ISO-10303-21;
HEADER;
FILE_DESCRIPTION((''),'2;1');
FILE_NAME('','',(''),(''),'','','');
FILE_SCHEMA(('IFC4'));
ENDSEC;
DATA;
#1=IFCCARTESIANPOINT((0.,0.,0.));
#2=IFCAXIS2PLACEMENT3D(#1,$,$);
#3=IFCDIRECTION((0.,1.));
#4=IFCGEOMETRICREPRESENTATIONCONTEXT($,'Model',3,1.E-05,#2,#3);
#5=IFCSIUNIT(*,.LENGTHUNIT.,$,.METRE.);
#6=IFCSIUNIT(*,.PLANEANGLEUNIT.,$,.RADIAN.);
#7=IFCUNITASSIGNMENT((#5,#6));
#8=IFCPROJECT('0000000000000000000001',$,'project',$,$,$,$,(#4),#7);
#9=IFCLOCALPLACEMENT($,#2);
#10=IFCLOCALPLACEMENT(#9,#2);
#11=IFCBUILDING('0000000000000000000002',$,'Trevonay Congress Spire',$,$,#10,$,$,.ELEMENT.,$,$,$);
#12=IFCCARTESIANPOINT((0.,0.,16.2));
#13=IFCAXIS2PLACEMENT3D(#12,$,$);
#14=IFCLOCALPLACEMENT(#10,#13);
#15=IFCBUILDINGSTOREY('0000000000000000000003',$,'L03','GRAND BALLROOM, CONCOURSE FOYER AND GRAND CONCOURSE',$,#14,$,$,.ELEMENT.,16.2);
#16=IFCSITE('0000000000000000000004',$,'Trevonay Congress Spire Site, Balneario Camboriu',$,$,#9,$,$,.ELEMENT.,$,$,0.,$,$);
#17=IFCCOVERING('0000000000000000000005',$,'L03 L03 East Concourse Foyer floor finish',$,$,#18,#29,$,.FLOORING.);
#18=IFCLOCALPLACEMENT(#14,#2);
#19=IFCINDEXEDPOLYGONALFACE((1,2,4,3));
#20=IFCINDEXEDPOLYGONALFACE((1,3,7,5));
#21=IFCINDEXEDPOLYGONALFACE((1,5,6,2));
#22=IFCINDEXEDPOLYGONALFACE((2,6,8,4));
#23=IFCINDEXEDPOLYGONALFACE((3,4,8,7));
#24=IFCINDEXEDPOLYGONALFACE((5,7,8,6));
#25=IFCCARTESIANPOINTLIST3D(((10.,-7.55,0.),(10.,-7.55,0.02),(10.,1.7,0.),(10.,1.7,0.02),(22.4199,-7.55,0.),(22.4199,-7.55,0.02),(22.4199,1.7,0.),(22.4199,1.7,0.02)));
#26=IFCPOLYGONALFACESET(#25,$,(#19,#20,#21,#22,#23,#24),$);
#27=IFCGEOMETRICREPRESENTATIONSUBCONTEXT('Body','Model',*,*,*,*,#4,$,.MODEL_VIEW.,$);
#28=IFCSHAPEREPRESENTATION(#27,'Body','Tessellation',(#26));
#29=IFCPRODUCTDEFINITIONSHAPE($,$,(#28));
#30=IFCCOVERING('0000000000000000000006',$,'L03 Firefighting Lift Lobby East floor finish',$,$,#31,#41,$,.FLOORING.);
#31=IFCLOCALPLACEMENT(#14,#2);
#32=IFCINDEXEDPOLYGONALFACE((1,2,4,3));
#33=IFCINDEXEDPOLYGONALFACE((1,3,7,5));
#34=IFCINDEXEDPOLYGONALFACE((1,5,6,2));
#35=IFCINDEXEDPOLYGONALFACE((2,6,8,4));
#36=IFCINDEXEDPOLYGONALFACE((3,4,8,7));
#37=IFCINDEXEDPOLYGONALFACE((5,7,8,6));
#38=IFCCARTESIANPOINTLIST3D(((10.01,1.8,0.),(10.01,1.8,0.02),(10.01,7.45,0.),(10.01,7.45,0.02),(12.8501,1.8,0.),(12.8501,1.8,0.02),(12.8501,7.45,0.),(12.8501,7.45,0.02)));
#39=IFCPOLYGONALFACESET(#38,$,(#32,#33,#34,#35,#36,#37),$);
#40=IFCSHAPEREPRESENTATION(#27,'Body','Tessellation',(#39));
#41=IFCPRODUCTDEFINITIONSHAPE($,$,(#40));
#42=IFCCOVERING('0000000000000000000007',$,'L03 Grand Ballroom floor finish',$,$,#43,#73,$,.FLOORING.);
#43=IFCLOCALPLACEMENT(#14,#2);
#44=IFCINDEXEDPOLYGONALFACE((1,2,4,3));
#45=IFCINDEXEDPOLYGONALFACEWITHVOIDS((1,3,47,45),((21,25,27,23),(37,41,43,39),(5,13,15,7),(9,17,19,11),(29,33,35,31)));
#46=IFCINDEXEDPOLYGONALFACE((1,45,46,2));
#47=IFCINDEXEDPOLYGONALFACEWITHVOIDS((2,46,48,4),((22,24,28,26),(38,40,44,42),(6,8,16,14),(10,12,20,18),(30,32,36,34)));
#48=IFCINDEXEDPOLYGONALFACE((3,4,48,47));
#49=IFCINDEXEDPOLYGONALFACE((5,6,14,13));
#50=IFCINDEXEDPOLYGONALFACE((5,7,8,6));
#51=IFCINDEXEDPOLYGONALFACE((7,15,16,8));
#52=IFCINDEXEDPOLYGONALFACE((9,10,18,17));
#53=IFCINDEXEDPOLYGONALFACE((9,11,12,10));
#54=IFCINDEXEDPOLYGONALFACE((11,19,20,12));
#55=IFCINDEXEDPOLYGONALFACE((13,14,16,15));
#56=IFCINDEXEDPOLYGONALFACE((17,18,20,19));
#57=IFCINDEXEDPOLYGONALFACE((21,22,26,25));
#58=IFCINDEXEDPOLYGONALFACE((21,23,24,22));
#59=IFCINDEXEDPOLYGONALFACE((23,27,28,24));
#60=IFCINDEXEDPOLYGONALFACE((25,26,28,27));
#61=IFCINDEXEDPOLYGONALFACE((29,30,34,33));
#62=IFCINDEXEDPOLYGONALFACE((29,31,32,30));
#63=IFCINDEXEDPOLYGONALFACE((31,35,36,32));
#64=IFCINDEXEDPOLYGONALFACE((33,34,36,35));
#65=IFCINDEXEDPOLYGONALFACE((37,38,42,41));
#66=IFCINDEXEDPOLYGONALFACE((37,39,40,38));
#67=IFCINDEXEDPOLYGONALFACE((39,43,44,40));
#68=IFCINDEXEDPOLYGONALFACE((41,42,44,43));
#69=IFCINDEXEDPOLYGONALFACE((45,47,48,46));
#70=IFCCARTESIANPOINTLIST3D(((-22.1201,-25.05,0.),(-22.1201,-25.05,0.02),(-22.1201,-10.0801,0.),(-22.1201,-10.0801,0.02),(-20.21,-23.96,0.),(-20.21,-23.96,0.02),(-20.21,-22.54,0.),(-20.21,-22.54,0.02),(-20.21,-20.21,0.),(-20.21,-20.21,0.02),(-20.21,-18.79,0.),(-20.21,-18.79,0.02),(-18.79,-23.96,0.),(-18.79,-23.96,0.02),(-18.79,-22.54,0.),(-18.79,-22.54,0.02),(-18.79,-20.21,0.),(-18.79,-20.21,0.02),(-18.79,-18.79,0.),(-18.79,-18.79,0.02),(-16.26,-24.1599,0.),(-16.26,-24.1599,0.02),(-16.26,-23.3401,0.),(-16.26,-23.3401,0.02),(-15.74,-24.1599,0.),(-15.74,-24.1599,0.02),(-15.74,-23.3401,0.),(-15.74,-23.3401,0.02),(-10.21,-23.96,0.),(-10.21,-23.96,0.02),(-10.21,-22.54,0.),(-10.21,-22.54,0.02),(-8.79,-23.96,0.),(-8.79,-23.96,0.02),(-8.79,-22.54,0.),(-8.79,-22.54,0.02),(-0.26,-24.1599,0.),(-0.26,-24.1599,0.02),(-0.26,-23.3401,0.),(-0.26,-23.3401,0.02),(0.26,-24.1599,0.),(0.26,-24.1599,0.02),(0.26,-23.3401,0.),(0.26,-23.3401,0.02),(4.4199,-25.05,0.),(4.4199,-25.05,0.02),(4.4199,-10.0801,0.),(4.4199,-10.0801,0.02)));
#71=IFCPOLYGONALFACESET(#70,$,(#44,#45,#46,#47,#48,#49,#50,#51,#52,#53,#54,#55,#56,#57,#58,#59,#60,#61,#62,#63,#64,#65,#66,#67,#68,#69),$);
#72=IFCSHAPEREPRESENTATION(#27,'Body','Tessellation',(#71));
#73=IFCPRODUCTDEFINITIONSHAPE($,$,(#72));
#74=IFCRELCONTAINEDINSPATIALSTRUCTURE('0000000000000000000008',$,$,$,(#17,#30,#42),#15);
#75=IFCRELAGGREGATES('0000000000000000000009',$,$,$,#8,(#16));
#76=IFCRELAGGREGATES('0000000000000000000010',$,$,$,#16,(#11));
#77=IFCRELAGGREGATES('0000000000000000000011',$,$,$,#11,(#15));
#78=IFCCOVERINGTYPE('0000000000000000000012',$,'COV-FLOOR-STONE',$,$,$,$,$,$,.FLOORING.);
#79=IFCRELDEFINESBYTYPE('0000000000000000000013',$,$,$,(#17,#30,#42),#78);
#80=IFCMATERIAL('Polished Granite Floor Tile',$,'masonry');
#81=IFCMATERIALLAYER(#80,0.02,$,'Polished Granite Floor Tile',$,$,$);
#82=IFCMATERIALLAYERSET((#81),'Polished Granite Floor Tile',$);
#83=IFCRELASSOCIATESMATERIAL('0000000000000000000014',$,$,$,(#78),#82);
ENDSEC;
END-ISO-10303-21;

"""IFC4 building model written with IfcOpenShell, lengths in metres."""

from ifc_helpers import new_model, si_unit, direction, frame, origin, place, context, subcontext, project, spatial, polyline, outline, extrude, material, layer, layer_set, type_object, element, save


model = new_model("IFC4")

# Units and contexts
model_context = context("Model", 3, precision=1e-05, world=origin(), true_north=direction((0.0, 1.0)))
body_context = subcontext(model_context, "Body", "Model", "MODEL_VIEW")
ifc_project = project(units=[si_unit("LENGTHUNIT", "METRE"), si_unit("PLANEANGLEUNIT", "RADIAN")], contexts=[model_context])

# Site, building, storey
site_placement = place(None, origin())
site = spatial("IfcSite", under=ifc_project, at=site_placement, Name="Trevonay Congress Spire Site, Balneario Camboriu", CompositionType="ELEMENT", RefElevation=0.0)
building_placement = place(site_placement, origin())
building = spatial("IfcBuilding", under=site, at=building_placement, Name="Trevonay Congress Spire", CompositionType="ELEMENT")
storey_placement = place(building_placement, frame((0.0, 0.0, 16.2)))
storey = spatial("IfcBuildingStorey", under=building, at=storey_placement, Name="L03", Description="GRAND BALLROOM, CONCOURSE FOYER AND GRAND CONCOURSE", CompositionType="ELEMENT", Elevation=16.2)

# Coverings
ifc_material_1 = material(Name="Polished Granite Floor Tile", Category="masonry")
ifc_layer_1 = layer(ifc_material_1, 0.02, Name="Polished Granite Floor Tile")
ifc_layer_set_1 = layer_set([ifc_layer_1], Name="Polished Granite Floor Tile")
covering_type_1 = type_object("IfcCoveringType", Name="COV-FLOOR-STONE", PredefinedType="FLOORING", material=ifc_layer_set_1)
covering_1_placement = place(storey_placement, origin())
element("IfcCovering", 1, at=covering_1_placement, inside=storey, type_object=covering_type_1, Name="L03 L03 East Concourse Foyer floor finish", PredefinedType="FLOORING", context=body_context, shape_type="SweptSolid", body=[
    extrude(outline(polyline([(10.0, -7.55), (10.0, 1.7), (22.4199, 1.7), (22.4199, -7.55), (10.0, -7.55)])), origin(), (0.0, 0.0, 1.0), 0.02),
])
covering_2_placement = place(storey_placement, origin())
element("IfcCovering", 2, at=covering_2_placement, inside=storey, type_object=covering_type_1, Name="L03 Firefighting Lift Lobby East floor finish", PredefinedType="FLOORING", context=body_context, shape_type="SweptSolid", body=[
    extrude(outline(polyline([(12.8501, 1.8), (10.01, 1.8), (10.01, 7.45), (12.8501, 7.45), (12.8501, 1.8)])), origin(), (0.0, 0.0, 1.0), 0.02),
])
covering_3_placement = place(storey_placement, origin())
element("IfcCovering", 3, at=covering_3_placement, inside=storey, type_object=covering_type_1, Name="L03 Grand Ballroom floor finish", PredefinedType="FLOORING", context=body_context, shape_type="SweptSolid", body=[
    extrude(outline(polyline([(-22.1201, -10.0801), (4.4199, -10.0801), (4.4199, -25.05), (-22.1201, -25.05), (-22.1201, -10.0801)]), holes=[polyline([(-16.26, -23.3401), (-16.26, -24.1599), (-15.74, -24.1599), (-15.74, -23.3401), (-16.26, -23.3401)]), polyline([(-0.26, -23.3401), (-0.26, -24.1599), (0.26, -24.1599), (0.26, -23.3401), (-0.26, -23.3401)]), polyline([(-20.21, -22.54), (-20.21, -23.96), (-18.79, -23.96), (-18.79, -22.54), (-20.21, -22.54)]), polyline([(-8.79, -22.54), (-10.21, -22.54), (-10.21, -23.96), (-8.79, -23.96), (-8.79, -22.54)]), polyline([(-18.79, -18.79), (-20.21, -18.79), (-20.21, -20.21), (-18.79, -20.21), (-18.79, -18.79)])]), origin(), (0.0, 0.0, 1.0), 0.02),
])

save(model, "model.ifc")
